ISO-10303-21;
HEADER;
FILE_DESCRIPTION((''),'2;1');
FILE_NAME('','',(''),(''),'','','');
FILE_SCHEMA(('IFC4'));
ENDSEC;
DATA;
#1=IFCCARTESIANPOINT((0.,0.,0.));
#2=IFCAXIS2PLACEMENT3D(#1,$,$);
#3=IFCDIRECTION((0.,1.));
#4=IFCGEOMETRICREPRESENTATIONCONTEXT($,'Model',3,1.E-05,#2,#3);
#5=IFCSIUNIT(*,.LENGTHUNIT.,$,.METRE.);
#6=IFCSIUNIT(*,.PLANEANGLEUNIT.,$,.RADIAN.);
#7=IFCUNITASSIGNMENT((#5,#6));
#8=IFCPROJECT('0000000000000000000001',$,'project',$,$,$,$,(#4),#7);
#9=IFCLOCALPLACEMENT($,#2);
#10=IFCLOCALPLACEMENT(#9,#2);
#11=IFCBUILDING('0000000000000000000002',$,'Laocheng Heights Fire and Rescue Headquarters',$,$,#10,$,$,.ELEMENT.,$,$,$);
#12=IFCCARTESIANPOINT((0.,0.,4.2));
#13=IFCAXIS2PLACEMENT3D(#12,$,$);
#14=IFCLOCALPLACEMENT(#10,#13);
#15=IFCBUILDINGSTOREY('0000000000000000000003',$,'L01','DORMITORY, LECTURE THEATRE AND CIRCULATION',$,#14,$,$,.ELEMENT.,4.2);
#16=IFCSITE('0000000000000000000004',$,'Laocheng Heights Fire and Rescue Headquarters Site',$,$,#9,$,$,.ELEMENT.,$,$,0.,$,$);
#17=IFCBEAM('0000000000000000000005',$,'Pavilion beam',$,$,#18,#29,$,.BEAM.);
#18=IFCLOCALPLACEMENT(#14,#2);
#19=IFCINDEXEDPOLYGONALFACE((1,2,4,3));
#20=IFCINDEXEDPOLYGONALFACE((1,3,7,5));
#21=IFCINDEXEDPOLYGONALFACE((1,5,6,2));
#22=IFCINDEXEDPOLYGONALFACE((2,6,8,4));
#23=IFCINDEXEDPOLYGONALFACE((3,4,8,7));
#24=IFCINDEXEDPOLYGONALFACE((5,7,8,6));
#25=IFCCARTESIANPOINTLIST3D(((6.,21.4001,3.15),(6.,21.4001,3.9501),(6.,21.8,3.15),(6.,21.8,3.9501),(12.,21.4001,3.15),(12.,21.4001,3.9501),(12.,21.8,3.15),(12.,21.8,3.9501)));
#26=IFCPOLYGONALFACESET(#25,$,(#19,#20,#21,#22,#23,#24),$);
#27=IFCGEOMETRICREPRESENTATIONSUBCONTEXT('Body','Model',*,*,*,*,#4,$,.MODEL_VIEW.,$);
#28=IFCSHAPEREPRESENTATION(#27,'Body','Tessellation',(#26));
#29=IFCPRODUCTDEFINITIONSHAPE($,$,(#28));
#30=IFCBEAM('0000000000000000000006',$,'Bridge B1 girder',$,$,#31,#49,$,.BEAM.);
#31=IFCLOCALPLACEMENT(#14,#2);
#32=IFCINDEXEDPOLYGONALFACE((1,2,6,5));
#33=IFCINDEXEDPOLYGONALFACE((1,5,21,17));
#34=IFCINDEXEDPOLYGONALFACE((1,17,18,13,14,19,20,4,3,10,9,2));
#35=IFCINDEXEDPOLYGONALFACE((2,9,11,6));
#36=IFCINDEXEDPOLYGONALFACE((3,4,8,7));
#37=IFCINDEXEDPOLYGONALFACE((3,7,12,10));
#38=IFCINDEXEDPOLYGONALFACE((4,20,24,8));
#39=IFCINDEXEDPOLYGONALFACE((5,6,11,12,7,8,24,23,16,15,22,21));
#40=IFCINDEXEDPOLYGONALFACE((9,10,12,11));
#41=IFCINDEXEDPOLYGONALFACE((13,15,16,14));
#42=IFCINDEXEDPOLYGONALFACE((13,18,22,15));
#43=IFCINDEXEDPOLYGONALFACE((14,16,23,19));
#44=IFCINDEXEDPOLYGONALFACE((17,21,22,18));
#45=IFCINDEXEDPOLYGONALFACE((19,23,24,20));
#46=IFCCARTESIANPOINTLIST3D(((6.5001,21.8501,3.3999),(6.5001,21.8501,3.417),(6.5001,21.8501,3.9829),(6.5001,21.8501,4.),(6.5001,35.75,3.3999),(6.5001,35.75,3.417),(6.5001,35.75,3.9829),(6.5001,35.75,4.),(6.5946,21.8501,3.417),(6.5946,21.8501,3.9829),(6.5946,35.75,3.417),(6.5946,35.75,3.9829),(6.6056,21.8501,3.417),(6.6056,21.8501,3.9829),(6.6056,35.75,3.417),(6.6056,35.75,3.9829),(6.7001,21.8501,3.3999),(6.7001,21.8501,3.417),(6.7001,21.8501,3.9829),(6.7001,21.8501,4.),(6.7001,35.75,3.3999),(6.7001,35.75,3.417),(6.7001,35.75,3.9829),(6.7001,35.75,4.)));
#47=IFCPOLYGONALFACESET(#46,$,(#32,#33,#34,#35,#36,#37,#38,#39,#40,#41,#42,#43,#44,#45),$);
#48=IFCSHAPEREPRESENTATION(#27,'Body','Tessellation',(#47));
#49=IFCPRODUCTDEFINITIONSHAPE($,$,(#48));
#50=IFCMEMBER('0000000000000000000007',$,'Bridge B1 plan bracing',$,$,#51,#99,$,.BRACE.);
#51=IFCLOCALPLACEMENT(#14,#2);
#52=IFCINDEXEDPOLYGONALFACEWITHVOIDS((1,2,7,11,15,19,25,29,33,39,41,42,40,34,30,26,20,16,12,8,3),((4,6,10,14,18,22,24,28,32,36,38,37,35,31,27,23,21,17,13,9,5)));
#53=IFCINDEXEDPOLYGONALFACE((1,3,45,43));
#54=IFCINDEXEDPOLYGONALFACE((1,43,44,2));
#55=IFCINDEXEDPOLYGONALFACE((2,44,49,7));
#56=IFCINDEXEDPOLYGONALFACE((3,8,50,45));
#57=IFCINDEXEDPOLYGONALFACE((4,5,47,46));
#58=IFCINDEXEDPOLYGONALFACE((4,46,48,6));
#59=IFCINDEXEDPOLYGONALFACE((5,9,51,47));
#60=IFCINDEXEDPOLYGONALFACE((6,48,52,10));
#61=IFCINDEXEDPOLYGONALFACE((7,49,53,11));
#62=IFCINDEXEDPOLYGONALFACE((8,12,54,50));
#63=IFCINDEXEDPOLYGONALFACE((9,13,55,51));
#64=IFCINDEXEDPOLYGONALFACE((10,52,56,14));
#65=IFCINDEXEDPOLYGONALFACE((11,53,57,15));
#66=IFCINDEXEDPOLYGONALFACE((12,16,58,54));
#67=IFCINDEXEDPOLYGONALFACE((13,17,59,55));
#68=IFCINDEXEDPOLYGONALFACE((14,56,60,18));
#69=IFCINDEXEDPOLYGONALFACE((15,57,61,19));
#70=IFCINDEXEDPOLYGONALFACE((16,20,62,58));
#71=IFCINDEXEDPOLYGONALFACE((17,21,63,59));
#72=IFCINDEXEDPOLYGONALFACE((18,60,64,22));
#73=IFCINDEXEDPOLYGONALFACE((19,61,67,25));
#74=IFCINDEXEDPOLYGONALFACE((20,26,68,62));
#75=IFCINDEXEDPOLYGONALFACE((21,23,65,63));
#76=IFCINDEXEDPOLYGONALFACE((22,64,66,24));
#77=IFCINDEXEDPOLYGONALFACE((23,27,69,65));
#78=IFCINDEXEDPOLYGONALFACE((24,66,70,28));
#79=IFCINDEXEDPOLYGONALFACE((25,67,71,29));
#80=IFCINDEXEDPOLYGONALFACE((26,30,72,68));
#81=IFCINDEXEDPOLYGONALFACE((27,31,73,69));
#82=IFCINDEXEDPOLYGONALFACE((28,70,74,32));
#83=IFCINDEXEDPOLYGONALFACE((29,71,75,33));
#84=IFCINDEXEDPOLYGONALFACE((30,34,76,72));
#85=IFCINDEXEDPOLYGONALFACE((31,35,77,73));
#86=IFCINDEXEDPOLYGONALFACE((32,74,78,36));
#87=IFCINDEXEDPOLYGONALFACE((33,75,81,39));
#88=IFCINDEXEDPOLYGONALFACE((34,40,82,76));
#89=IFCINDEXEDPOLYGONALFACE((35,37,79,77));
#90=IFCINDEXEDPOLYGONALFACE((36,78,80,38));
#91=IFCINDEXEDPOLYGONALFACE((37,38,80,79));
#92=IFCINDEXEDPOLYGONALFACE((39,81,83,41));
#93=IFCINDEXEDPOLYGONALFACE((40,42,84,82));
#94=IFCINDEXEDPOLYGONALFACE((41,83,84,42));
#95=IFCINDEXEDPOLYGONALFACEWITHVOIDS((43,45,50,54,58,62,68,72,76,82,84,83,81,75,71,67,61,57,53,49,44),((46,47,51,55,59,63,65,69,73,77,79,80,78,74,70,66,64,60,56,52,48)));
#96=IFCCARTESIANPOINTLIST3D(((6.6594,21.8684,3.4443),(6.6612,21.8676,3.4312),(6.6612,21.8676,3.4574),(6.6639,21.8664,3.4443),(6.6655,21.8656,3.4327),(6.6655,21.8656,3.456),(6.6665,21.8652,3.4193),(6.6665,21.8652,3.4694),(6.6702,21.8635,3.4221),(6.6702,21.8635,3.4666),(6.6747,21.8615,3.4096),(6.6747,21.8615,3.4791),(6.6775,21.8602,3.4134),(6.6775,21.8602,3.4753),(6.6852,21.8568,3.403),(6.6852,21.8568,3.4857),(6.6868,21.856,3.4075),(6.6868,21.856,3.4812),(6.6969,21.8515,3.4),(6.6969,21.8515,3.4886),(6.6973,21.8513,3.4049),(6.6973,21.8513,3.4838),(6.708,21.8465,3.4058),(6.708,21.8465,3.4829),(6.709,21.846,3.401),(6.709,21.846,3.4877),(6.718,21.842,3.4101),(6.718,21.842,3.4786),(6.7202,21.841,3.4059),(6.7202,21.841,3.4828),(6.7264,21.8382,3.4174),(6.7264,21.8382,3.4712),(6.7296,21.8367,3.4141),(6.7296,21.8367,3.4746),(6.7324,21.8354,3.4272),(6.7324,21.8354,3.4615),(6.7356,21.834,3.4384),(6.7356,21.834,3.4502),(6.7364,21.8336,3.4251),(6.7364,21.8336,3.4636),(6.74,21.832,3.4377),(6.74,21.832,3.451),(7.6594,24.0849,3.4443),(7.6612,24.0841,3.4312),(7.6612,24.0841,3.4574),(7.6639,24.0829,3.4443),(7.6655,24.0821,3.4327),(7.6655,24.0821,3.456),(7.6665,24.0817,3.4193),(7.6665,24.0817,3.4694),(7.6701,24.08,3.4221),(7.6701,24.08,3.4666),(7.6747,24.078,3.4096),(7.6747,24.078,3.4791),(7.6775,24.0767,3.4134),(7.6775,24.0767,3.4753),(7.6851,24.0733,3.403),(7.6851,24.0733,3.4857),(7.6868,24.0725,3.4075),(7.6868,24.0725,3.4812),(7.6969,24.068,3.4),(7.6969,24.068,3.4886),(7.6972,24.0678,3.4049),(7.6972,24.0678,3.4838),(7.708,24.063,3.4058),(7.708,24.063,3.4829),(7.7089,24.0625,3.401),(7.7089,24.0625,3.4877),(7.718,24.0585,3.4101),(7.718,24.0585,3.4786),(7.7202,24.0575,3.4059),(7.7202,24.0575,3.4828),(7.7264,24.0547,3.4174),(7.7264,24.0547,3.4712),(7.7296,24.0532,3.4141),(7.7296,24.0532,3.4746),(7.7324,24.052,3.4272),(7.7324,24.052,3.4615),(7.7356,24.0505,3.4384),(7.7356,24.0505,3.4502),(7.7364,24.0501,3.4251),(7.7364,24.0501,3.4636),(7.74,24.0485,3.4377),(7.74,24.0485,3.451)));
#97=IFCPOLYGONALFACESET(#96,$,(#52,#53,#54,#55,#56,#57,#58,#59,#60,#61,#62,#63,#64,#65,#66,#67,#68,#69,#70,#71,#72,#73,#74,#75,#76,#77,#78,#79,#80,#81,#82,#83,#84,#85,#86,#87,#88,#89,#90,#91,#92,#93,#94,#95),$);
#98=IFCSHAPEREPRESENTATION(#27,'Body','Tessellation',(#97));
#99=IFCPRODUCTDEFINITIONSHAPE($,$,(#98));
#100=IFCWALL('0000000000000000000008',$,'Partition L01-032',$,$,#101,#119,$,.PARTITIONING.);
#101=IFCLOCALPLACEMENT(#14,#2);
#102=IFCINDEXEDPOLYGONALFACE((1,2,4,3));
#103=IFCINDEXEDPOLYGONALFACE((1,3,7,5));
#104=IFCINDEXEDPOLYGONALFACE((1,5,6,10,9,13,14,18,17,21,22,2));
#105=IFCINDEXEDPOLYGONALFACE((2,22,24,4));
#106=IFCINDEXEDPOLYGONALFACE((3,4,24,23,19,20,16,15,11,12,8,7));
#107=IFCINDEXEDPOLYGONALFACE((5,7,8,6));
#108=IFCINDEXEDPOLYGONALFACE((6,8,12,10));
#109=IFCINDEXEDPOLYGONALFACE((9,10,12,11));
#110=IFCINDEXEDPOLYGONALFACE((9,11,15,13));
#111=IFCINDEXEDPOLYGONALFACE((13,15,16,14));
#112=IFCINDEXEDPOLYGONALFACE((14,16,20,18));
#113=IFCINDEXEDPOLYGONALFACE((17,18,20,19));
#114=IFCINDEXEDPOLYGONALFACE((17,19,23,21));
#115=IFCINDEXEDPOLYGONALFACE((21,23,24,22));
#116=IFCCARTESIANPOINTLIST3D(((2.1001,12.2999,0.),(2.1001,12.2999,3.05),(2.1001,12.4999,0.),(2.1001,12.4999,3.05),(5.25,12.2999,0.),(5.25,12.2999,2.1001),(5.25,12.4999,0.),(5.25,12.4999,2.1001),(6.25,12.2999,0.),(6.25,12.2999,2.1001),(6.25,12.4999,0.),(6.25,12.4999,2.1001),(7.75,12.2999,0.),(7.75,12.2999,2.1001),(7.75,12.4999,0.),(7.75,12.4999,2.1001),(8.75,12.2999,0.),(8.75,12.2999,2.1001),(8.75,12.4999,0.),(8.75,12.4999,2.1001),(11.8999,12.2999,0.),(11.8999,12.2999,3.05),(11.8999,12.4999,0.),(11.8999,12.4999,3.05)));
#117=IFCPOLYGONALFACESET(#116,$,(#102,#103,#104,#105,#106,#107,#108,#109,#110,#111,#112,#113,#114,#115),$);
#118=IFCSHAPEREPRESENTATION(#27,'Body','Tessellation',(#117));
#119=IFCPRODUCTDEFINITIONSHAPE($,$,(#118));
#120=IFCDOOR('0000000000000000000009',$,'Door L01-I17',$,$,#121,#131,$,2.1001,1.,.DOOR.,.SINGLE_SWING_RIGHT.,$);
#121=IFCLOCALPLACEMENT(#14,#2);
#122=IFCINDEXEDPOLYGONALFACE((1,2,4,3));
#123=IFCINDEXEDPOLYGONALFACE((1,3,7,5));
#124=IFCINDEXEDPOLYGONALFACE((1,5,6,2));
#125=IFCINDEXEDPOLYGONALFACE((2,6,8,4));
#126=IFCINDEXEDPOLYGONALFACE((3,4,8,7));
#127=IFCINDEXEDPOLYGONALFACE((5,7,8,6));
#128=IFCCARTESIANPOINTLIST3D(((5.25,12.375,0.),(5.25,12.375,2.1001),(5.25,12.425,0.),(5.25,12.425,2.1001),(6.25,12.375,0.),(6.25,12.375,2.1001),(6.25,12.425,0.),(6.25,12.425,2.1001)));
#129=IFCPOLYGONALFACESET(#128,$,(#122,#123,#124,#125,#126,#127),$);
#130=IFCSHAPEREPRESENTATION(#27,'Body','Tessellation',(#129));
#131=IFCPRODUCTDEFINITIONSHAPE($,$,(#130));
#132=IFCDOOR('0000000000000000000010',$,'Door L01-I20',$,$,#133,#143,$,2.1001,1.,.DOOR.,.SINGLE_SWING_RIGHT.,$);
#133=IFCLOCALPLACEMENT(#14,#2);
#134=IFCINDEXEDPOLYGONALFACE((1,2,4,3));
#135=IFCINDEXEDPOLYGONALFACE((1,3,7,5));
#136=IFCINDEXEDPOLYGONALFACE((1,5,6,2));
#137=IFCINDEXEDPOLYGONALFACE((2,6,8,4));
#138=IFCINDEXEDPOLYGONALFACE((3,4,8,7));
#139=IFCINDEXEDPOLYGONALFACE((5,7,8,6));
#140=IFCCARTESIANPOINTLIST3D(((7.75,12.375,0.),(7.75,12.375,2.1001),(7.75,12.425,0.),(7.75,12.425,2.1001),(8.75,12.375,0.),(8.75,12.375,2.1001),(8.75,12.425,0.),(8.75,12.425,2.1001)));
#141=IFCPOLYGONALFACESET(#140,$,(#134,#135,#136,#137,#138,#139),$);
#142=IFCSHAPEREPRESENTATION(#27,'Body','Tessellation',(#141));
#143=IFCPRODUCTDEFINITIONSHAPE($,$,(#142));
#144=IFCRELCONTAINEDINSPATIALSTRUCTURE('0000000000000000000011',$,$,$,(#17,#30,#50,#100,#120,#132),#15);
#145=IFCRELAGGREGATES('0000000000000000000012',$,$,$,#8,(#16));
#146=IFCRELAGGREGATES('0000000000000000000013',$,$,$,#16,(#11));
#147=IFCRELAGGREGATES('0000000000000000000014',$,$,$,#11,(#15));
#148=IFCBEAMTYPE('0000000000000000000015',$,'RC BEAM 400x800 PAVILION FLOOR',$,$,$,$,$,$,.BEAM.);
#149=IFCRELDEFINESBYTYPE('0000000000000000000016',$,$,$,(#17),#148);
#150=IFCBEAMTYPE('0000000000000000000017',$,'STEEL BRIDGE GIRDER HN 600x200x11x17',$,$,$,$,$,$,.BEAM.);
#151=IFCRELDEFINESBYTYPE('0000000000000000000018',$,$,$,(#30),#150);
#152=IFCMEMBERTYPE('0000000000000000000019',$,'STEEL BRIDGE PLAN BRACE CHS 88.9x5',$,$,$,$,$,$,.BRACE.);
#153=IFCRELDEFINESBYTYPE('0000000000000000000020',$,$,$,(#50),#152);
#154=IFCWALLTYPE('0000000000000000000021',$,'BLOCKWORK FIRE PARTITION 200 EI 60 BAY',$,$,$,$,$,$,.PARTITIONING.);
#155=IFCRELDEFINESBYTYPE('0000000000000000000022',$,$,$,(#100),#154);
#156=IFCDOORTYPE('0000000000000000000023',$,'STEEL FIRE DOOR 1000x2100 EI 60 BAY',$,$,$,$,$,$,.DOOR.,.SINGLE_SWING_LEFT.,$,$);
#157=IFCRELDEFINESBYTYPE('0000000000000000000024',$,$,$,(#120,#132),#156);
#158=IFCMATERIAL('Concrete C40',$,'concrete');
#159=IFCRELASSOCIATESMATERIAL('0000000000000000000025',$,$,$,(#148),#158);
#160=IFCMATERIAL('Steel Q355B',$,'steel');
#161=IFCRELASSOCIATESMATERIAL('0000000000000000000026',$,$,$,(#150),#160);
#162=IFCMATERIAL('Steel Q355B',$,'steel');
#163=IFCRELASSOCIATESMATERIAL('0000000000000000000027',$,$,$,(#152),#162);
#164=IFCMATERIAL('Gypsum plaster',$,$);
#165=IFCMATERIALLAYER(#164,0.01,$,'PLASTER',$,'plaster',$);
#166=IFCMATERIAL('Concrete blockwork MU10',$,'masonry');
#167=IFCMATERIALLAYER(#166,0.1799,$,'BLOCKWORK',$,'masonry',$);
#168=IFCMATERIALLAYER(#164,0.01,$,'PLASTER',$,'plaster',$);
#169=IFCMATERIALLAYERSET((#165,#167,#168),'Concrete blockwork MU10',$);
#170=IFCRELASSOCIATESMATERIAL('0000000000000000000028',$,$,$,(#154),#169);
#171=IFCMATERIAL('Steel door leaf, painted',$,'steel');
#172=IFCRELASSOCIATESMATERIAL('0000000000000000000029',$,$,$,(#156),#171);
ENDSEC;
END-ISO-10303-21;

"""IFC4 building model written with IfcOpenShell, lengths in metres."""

from ifc_helpers import new_model, si_unit, direction, frame, frame_2d, origin, origin_2d, place, context, subcontext, project, spatial, rectangle, hollow_circle, i_section, extrude, material, layer, layer_set, material_profile, profile_set, type_object, element, fill, save


model = new_model("IFC4")

# Units and contexts
model_context = context("Model", 3, precision=1e-05, world=origin(), true_north=direction((0.0, 1.0)))
body_context = subcontext(model_context, "Body", "Model", "MODEL_VIEW")
ifc_project = project(units=[si_unit("LENGTHUNIT", "METRE"), si_unit("PLANEANGLEUNIT", "RADIAN")], contexts=[model_context])

# Site, building, storey
site_placement = place(None, origin())
site = spatial("IfcSite", under=ifc_project, at=site_placement, Name="Laocheng Heights Fire and Rescue Headquarters Site", CompositionType="ELEMENT", RefElevation=0.0)
building_placement = place(site_placement, origin())
building = spatial("IfcBuilding", under=site, at=building_placement, Name="Laocheng Heights Fire and Rescue Headquarters", CompositionType="ELEMENT")
storey_placement = place(building_placement, frame((0.0, 0.0, 4.2)))
storey = spatial("IfcBuildingStorey", under=building, at=storey_placement, Name="L01", Description="DORMITORY, LECTURE THEATRE AND CIRCULATION", CompositionType="ELEMENT", Elevation=4.2)

# Beams
ifc_material_1 = material(Name="Concrete C40", Category="concrete")
ifc_material_profile_1 = material_profile(ifc_material_1, rectangle(XDim=0.3999, YDim=0.8, at=origin_2d()), Name="RC BEAM 400x800 PAVILION FLOOR")
ifc_profile_set_1 = profile_set([ifc_material_profile_1], Name="Concrete C40")
beam_type_1 = type_object("IfcBeamType", Name="RC BEAM 400x800 PAVILION FLOOR", PredefinedType="BEAM", material=ifc_profile_set_1)
beam_1_placement = place(storey_placement, frame((6.0, 21.6001, 3.55), z_axis=(1.0, 0.0, 0.0), x_axis=(0.0, 1.0, 0.0)))
element("IfcBeam", 1, at=beam_1_placement, inside=storey, type_object=beam_type_1, Name="Pavilion beam", PredefinedType="BEAM", context=body_context, shape_type="SweptSolid", body=[
    extrude(rectangle(XDim=0.3999, YDim=0.8, at=origin_2d()), origin(), (0.0, 0.0, 1.0), 6.0),
])
ifc_material_2 = material(Name="Steel Q355B", Category="steel")
ifc_material_profile_2 = material_profile(ifc_material_2, i_section(OverallWidth=0.2, OverallDepth=0.6001, WebThickness=0.011, FlangeThickness=0.0171, at=origin_2d()), Name="HN 600x200x11x17")
ifc_profile_set_2 = profile_set([ifc_material_profile_2], Name="Steel Q355B")
beam_type_2 = type_object("IfcBeamType", Name="STEEL BRIDGE GIRDER HN 600x200x11x17", PredefinedType="BEAM", material=ifc_profile_set_2)
beam_2_placement = place(storey_placement, frame((6.6001, 21.8501, 3.7), z_axis=(0.0, 1.0, 0.0), x_axis=(-1.0, 0.0, 0.0)))
element("IfcBeam", 2, at=beam_2_placement, inside=storey, type_object=beam_type_2, Name="Bridge B1 girder", PredefinedType="BEAM", context=body_context, shape_type="SweptSolid", body=[
    extrude(i_section(OverallWidth=0.2, OverallDepth=0.6001, WebThickness=0.011, FlangeThickness=0.0171, at=origin_2d()), origin(), (0.0, 0.0, 1.0), 13.8999),
])

# Member
ifc_material_3 = material(Name="Steel Q355B", Category="steel")
ifc_material_profile_3 = material_profile(ifc_material_3, hollow_circle(Radius=0.0444, WallThickness=0.0049, at=origin_2d()), Name="CHS 88.9x5")
ifc_profile_set_3 = profile_set([ifc_material_profile_3], Name="Steel Q355B")
member_type = type_object("IfcMemberType", Name="STEEL BRIDGE PLAN BRACE CHS 88.9x5", PredefinedType="BRACE", material=ifc_profile_set_3)
member_placement = place(storey_placement, frame((6.7, 21.8501, 3.4443), z_axis=(0.411237, 0.911528, 0.0), x_axis=(-0.911528, 0.411237, 0.0)))
element("IfcMember", 3, at=member_placement, inside=storey, type_object=member_type, Name="Bridge B1 plan bracing", PredefinedType="BRACE", context=body_context, shape_type="SweptSolid", body=[
    extrude(hollow_circle(Radius=0.0444, WallThickness=0.0049, at=origin_2d()), origin(), (0.0, 0.0, 1.0), 2.4316),
])

# Wall, openings, doors
ifc_material_4 = material(Name="Gypsum plaster")
ifc_layer_1 = layer(ifc_material_4, 0.01, Name="PLASTER", Category="plaster")
ifc_material_5 = material(Name="Concrete blockwork MU10", Category="masonry")
ifc_layer_2 = layer(ifc_material_5, 0.1799, Name="BLOCKWORK", Category="masonry")
ifc_layer_3 = layer(ifc_material_4, 0.01, Name="PLASTER", Category="plaster")
ifc_layer_set_1 = layer_set([ifc_layer_1, ifc_layer_2, ifc_layer_3], Name="Concrete blockwork MU10")
wall_type_1 = type_object("IfcWallType", Name="BLOCKWORK FIRE PARTITION 200 EI 60 BAY", PredefinedType="PARTITIONING", material=ifc_layer_set_1)
wall_1_placement = place(storey_placement, frame((2.1001, 12.3999, 0.0), z_axis=(0.0, 0.0, 1.0), x_axis=(1.0, 0.0, 0.0)))
wall_1 = element("IfcWall", 4, at=wall_1_placement, inside=storey, type_object=wall_type_1, Name="Partition L01-032", PredefinedType="PARTITIONING", context=body_context, shape_type="SweptSolid", body=[
    extrude(rectangle(XDim=9.7998, YDim=0.2, at=frame_2d((4.8999, 0.0))), origin(), (0.0, 0.0, 1.0), 3.05),
])
opening_1_placement = place(wall_1_placement, frame((3.1499, 0.0, 0.0)))
opening_1 = element("IfcOpeningElement", 5, at=opening_1_placement, cuts=wall_1, PredefinedType="OPENING", context=body_context, shape_type="SweptSolid", body=[
    extrude(rectangle(XDim=1.0, YDim=2.1001, at=frame_2d((0.5, 1.05))), frame((0.0, 0.1099, 0.0), z_axis=(0.0, -1.0, 0.0), x_axis=(1.0, 0.0, 0.0)), (0.0, 0.0, 1.0), 0.22),
])
opening_2_placement = place(wall_1_placement, frame((5.6499, 0.0, 0.0)))
opening_2 = element("IfcOpeningElement", 6, at=opening_2_placement, cuts=wall_1, PredefinedType="OPENING", context=body_context, shape_type="SweptSolid", body=[
    extrude(rectangle(XDim=1.0, YDim=2.1001, at=frame_2d((0.5, 1.05))), frame((0.0, 0.1099, 0.0), z_axis=(0.0, -1.0, 0.0), x_axis=(1.0, 0.0, 0.0)), (0.0, 0.0, 1.0), 0.22),
])
ifc_material_6 = material(Name="Steel door leaf, painted", Category="steel")
door_type_1 = type_object("IfcDoorType", Name="STEEL FIRE DOOR 1000x2100 EI 60 BAY", OperationType="SINGLE_SWING_LEFT", PredefinedType="DOOR", material=ifc_material_6)
door_1_placement = place(opening_1_placement, frame((1.0, 0.0, 0.0), z_axis=(0.0, 0.0, 1.0), x_axis=(-1.0, 0.0, 0.0)))
door_1 = element("IfcDoor", 7, at=door_1_placement, inside=storey, type_object=door_type_1, Name="Door L01-I17", OperationType="SINGLE_SWING_RIGHT", OverallHeight=2.1001, OverallWidth=1.0, PredefinedType="DOOR", context=body_context, shape_type="SweptSolid", body=[
    extrude(rectangle(XDim=1.0, YDim=2.1001, at=frame_2d((0.5, 1.05))), frame((0.0, 0.0249, 0.0), z_axis=(0.0, -1.0, 0.0), x_axis=(1.0, 0.0, 0.0)), (0.0, 0.0, 1.0), 0.05),
])
fill(opening_1, door_1)
door_2_placement = place(opening_2_placement, frame((1.0, 0.0, 0.0), z_axis=(0.0, 0.0, 1.0), x_axis=(-1.0, 0.0, 0.0)))
door_2 = element("IfcDoor", 8, at=door_2_placement, inside=storey, type_object=door_type_1, Name="Door L01-I20", OperationType="SINGLE_SWING_RIGHT", OverallHeight=2.1001, OverallWidth=1.0, PredefinedType="DOOR", context=body_context, shape_type="SweptSolid", body=[
    extrude(rectangle(XDim=1.0, YDim=2.1001, at=frame_2d((0.5, 1.05))), frame((0.0, 0.0249, 0.0), z_axis=(0.0, -1.0, 0.0), x_axis=(1.0, 0.0, 0.0)), (0.0, 0.0, 1.0), 0.05),
])
fill(opening_2, door_2)

save(model, "model.ifc")
